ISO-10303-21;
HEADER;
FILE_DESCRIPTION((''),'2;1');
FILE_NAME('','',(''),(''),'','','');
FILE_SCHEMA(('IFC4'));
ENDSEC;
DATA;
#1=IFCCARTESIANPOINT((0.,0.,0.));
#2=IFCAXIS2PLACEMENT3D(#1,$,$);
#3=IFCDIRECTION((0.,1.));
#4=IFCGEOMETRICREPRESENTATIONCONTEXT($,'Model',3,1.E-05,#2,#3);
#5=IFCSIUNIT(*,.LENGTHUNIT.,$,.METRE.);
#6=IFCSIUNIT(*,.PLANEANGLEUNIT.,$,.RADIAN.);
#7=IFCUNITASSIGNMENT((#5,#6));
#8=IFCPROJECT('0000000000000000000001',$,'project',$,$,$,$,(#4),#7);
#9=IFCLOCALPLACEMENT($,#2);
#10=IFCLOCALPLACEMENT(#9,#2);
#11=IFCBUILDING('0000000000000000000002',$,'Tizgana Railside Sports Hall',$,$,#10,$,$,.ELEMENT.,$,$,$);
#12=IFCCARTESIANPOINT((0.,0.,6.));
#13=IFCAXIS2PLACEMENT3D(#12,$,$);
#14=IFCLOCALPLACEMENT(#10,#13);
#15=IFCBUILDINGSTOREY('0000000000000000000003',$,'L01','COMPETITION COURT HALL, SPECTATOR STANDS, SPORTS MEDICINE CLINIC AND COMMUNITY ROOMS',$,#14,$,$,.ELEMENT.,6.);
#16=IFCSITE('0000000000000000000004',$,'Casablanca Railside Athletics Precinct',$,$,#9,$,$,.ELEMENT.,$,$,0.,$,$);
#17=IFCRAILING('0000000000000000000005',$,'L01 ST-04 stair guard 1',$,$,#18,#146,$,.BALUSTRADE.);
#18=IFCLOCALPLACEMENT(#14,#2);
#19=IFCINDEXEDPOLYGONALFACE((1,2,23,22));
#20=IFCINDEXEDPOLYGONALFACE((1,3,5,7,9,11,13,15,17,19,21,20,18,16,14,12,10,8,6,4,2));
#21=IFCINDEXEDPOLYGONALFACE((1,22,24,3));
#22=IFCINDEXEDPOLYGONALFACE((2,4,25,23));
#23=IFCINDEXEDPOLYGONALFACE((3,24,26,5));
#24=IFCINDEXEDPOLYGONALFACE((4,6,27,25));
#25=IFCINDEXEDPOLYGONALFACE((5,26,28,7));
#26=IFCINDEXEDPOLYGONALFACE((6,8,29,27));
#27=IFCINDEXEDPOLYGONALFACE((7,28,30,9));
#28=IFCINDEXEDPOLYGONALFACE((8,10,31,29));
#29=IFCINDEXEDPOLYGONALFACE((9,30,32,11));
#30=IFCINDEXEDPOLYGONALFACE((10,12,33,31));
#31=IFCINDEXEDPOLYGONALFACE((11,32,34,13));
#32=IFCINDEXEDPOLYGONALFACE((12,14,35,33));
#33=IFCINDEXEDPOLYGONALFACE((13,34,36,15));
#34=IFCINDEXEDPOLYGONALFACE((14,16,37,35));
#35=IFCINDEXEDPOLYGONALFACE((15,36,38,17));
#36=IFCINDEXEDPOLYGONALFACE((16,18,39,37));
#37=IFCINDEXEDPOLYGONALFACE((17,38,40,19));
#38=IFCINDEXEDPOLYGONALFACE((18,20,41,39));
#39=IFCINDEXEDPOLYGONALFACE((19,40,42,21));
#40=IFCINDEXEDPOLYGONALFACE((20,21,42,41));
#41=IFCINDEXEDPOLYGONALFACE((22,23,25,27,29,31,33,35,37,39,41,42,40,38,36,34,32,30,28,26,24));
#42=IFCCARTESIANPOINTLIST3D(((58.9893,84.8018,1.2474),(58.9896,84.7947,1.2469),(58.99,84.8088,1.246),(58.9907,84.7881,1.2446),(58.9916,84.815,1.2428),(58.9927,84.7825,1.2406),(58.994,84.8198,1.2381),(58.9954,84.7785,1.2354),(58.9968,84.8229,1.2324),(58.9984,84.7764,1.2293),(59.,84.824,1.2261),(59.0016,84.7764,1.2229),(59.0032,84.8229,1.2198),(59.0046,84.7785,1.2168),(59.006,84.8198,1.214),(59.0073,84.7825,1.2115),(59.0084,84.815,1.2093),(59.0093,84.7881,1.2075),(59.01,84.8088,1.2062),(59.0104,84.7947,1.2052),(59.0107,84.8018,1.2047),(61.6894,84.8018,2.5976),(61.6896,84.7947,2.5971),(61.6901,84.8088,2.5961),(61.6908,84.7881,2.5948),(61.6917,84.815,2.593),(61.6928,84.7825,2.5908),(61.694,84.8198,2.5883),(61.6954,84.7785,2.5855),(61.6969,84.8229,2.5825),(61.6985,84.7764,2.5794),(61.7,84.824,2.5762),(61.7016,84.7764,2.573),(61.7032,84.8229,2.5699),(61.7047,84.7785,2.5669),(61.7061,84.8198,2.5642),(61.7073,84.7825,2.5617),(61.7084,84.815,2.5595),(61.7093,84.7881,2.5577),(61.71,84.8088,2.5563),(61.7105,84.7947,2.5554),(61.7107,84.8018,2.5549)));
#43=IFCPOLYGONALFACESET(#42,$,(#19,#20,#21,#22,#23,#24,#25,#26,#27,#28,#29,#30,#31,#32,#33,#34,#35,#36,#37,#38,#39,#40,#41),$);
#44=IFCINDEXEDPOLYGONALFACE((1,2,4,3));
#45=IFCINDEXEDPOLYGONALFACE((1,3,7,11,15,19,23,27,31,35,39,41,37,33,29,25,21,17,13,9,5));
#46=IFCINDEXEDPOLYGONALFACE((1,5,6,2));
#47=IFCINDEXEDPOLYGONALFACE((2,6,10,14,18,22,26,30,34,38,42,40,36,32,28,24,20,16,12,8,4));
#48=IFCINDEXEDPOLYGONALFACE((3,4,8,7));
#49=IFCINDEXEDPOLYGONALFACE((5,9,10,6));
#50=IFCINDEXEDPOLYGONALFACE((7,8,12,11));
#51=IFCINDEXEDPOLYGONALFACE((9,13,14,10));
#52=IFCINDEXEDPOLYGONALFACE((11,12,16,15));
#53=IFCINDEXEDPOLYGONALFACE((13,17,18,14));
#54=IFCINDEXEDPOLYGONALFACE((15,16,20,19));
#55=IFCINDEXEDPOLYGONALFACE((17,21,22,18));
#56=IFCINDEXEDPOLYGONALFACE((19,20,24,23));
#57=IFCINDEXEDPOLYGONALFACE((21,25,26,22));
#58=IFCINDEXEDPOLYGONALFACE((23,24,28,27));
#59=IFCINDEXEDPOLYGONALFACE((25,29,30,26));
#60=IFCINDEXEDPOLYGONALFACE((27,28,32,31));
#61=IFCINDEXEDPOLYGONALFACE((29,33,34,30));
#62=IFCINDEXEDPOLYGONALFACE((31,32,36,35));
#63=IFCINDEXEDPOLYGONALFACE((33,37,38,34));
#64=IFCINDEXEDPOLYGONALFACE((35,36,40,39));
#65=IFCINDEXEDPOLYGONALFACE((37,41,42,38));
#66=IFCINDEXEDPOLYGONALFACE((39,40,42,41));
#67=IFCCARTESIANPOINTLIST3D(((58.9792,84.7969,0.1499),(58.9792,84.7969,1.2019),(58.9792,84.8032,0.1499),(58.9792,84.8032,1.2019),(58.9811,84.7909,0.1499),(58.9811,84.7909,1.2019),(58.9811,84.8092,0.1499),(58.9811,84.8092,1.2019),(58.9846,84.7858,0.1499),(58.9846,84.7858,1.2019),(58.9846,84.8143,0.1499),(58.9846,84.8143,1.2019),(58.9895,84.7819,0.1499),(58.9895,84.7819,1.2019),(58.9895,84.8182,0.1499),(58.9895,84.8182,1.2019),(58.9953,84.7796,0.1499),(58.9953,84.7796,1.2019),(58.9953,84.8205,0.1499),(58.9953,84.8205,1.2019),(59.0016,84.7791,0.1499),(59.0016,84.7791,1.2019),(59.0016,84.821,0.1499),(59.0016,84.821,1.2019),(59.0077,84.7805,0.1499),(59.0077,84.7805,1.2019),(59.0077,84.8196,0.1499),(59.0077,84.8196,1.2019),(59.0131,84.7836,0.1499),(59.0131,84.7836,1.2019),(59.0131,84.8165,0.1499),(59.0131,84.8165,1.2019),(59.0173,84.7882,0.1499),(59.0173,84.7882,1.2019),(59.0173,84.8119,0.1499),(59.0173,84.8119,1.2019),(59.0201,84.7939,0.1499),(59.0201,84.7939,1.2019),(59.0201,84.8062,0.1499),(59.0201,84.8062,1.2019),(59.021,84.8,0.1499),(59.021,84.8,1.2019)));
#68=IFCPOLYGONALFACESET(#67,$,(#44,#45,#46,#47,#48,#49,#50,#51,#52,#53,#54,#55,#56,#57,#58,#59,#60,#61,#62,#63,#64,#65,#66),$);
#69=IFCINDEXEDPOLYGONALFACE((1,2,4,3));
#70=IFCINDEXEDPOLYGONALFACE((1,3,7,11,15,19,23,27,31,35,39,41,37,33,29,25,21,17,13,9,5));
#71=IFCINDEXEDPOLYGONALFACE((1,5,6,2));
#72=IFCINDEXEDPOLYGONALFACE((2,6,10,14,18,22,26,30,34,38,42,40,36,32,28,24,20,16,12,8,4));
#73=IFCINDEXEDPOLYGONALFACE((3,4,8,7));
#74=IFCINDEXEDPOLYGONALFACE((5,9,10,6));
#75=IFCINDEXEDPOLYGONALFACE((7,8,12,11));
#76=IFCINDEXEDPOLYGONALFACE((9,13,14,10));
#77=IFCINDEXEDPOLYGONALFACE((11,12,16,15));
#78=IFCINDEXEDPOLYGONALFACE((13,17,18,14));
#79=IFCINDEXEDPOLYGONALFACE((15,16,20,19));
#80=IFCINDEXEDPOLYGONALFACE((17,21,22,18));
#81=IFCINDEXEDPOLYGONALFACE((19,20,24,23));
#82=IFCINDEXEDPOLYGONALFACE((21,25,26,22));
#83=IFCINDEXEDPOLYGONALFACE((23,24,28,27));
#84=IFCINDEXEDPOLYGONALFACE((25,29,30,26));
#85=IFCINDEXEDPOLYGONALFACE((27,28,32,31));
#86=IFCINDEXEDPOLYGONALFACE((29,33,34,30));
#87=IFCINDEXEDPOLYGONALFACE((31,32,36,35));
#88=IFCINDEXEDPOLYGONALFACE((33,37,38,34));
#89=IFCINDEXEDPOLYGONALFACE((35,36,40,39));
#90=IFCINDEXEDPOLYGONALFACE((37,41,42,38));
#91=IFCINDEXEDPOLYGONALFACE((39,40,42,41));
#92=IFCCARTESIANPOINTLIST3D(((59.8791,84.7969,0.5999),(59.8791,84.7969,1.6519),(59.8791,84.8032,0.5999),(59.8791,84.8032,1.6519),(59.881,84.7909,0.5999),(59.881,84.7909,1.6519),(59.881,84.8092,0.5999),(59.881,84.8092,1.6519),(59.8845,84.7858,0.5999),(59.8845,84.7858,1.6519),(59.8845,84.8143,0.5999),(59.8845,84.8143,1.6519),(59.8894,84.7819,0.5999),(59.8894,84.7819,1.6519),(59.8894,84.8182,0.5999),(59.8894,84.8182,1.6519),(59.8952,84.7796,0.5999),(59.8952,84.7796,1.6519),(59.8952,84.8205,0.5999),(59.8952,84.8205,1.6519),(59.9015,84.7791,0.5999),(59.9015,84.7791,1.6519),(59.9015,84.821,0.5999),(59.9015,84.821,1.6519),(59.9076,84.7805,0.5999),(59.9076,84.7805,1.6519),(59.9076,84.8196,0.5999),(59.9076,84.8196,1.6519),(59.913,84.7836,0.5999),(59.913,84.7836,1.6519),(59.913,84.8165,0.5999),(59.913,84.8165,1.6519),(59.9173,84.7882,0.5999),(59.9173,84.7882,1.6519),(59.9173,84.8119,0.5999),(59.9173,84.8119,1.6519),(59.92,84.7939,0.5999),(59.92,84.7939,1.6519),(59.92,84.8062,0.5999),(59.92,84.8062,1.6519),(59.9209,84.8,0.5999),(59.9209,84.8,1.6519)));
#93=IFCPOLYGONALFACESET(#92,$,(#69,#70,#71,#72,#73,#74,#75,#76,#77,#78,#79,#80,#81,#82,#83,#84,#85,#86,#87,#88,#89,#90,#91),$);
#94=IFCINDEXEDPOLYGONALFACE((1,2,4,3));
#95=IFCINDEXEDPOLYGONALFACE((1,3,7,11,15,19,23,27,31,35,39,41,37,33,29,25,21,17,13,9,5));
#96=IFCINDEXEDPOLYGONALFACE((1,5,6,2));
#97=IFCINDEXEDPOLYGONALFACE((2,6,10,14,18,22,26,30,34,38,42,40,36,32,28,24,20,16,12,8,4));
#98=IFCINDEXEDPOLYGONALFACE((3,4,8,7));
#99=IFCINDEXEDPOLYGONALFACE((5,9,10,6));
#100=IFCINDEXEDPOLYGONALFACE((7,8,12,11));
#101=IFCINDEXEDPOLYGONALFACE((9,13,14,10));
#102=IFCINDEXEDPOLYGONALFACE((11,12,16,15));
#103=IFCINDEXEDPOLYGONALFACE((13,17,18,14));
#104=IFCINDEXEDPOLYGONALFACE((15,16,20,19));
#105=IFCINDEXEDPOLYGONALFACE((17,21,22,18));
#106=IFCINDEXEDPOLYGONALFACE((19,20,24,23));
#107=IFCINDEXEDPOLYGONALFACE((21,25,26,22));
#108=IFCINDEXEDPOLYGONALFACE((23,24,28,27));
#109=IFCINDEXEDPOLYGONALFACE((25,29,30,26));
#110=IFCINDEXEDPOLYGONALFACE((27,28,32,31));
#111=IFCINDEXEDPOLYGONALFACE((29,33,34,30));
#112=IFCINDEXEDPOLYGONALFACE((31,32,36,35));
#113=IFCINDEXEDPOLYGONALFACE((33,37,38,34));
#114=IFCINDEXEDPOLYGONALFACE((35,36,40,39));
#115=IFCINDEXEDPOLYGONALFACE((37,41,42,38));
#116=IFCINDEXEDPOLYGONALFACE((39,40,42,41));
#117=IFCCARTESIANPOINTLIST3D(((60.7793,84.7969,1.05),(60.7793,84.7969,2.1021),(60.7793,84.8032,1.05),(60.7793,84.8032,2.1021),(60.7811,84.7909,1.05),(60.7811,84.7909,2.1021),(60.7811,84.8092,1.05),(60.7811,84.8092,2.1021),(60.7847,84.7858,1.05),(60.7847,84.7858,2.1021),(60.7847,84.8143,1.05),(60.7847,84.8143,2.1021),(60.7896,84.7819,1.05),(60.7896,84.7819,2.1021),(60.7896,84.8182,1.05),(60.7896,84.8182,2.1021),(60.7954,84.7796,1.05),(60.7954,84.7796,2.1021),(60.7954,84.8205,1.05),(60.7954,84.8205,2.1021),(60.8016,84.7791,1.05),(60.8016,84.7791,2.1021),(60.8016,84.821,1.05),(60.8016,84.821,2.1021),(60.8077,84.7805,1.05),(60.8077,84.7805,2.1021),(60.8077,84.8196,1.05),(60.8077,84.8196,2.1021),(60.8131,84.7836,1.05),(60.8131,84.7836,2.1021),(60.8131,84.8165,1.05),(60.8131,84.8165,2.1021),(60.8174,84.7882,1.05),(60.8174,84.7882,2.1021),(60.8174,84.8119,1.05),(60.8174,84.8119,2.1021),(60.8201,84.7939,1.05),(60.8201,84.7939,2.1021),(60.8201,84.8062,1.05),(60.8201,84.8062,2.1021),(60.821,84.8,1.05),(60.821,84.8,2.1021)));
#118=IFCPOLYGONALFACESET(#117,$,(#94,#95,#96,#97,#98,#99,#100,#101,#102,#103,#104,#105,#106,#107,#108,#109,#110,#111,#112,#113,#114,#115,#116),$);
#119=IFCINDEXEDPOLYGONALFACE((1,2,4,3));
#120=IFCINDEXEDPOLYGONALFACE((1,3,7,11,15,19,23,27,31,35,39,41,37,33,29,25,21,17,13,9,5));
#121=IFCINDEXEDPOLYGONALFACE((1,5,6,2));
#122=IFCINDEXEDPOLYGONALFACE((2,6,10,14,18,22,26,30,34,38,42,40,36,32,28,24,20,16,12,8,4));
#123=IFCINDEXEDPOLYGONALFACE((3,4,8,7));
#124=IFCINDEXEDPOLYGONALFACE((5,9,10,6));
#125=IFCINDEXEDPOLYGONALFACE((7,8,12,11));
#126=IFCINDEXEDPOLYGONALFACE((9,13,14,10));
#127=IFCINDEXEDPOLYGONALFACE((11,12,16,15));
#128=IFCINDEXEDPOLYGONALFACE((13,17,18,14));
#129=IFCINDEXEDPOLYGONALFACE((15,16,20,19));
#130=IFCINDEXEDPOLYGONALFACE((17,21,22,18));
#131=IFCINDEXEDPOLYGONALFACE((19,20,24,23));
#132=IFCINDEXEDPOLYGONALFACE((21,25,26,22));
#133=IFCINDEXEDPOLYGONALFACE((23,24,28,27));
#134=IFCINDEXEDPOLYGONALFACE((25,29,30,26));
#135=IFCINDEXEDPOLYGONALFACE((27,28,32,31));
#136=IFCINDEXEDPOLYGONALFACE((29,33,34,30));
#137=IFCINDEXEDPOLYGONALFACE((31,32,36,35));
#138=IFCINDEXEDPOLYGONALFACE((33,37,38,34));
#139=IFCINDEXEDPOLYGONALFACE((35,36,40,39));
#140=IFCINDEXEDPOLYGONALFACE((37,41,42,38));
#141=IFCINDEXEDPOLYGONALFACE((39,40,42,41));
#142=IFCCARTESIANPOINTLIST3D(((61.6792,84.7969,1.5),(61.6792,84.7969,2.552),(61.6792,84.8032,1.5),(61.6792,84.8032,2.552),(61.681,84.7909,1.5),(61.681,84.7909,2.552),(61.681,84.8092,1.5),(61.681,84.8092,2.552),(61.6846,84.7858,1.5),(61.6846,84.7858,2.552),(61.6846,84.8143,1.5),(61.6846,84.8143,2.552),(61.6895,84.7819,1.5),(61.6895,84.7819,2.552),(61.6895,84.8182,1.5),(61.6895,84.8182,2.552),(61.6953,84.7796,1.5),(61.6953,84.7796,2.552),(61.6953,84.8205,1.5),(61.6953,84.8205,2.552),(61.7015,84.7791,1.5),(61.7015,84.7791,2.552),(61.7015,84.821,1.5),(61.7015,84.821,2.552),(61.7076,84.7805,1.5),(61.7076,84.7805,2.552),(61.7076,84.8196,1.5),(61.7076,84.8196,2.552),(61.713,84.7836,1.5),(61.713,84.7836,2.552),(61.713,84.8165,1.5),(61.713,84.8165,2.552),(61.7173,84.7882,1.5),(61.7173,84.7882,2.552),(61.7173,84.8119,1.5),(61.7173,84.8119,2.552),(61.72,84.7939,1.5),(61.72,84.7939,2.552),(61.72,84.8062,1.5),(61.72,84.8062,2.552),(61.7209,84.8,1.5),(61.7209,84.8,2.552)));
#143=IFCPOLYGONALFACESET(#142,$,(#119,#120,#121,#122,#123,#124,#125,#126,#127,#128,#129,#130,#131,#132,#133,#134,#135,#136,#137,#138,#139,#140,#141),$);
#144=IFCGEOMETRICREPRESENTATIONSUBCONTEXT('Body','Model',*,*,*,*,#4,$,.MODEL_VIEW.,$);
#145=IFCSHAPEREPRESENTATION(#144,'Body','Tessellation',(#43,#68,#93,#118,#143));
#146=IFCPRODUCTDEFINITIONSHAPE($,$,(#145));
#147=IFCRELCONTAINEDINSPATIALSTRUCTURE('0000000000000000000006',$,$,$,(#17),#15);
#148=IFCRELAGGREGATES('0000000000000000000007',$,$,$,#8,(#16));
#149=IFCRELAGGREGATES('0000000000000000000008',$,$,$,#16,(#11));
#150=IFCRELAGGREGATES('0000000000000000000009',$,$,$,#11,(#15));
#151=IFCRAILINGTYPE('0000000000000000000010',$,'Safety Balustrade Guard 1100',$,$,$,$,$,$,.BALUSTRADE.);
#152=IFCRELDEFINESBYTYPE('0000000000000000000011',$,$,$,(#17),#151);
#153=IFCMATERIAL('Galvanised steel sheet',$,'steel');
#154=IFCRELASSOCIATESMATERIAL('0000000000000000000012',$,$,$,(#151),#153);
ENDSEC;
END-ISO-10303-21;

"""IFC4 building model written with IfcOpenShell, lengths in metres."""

from ifc_helpers import new_model, si_unit, direction, frame, origin, origin_2d, place, context, subcontext, project, spatial, circle, extrude, material, type_object, element, save


model = new_model("IFC4")

# Units and contexts
model_context = context("Model", 3, precision=1e-05, world=origin(), true_north=direction((0.0, 1.0)))
body_context = subcontext(model_context, "Body", "Model", "MODEL_VIEW")
ifc_project = project(units=[si_unit("LENGTHUNIT", "METRE"), si_unit("PLANEANGLEUNIT", "RADIAN")], contexts=[model_context])

# Site, building, storey
site_placement = place(None, origin())
site = spatial("IfcSite", under=ifc_project, at=site_placement, Name="Casablanca Railside Athletics Precinct", CompositionType="ELEMENT", RefElevation=0.0)
building_placement = place(site_placement, origin())
building = spatial("IfcBuilding", under=site, at=building_placement, Name="Tizgana Railside Sports Hall", CompositionType="ELEMENT")
storey_placement = place(building_placement, frame((0.0, 0.0, 6.0)))
storey = spatial("IfcBuildingStorey", under=building, at=storey_placement, Name="L01", Description="COMPETITION COURT HALL, SPECTATOR STANDS, SPORTS MEDICINE CLINIC AND COMMUNITY ROOMS", CompositionType="ELEMENT", Elevation=6.0)

# Railing
ifc_material_1 = material(Name="Galvanised steel sheet", Category="steel")
railing_type_1 = type_object("IfcRailingType", Name="Safety Balustrade Guard 1100", PredefinedType="BALUSTRADE", material=ifc_material_1)
railing_1_placement = place(storey_placement, frame((59.0, 84.8, 0.1499)))
element("IfcRailing", 1, at=railing_1_placement, inside=storey, type_object=railing_type_1, Name="L01 ST-04 stair guard 1", PredefinedType="BALUSTRADE", context=body_context, shape_type="SweptSolid", body=[
    extrude(circle(Radius=0.0239, at=origin_2d()), frame((0.0, 0.0, 1.0762), z_axis=(0.894411, 0.0, 0.447246), x_axis=(0.0, 1.0, 0.0)), (0.0, 0.0, 1.0), 3.0188),
    extrude(circle(Radius=0.021, at=origin_2d()), origin(), (0.0, 0.0, 1.0), 1.052),
    extrude(circle(Radius=0.021, at=origin_2d()), frame((0.8999, 0.0, 0.45)), (0.0, 0.0, 1.0), 1.052),
    extrude(circle(Radius=0.021, at=origin_2d()), frame((1.8, 0.0, 0.9001)), (0.0, 0.0, 1.0), 1.052),
    extrude(circle(Radius=0.021, at=origin_2d()), frame((2.7, 0.0, 1.3501)), (0.0, 0.0, 1.0), 1.052),
])

save(model, "model.ifc")
